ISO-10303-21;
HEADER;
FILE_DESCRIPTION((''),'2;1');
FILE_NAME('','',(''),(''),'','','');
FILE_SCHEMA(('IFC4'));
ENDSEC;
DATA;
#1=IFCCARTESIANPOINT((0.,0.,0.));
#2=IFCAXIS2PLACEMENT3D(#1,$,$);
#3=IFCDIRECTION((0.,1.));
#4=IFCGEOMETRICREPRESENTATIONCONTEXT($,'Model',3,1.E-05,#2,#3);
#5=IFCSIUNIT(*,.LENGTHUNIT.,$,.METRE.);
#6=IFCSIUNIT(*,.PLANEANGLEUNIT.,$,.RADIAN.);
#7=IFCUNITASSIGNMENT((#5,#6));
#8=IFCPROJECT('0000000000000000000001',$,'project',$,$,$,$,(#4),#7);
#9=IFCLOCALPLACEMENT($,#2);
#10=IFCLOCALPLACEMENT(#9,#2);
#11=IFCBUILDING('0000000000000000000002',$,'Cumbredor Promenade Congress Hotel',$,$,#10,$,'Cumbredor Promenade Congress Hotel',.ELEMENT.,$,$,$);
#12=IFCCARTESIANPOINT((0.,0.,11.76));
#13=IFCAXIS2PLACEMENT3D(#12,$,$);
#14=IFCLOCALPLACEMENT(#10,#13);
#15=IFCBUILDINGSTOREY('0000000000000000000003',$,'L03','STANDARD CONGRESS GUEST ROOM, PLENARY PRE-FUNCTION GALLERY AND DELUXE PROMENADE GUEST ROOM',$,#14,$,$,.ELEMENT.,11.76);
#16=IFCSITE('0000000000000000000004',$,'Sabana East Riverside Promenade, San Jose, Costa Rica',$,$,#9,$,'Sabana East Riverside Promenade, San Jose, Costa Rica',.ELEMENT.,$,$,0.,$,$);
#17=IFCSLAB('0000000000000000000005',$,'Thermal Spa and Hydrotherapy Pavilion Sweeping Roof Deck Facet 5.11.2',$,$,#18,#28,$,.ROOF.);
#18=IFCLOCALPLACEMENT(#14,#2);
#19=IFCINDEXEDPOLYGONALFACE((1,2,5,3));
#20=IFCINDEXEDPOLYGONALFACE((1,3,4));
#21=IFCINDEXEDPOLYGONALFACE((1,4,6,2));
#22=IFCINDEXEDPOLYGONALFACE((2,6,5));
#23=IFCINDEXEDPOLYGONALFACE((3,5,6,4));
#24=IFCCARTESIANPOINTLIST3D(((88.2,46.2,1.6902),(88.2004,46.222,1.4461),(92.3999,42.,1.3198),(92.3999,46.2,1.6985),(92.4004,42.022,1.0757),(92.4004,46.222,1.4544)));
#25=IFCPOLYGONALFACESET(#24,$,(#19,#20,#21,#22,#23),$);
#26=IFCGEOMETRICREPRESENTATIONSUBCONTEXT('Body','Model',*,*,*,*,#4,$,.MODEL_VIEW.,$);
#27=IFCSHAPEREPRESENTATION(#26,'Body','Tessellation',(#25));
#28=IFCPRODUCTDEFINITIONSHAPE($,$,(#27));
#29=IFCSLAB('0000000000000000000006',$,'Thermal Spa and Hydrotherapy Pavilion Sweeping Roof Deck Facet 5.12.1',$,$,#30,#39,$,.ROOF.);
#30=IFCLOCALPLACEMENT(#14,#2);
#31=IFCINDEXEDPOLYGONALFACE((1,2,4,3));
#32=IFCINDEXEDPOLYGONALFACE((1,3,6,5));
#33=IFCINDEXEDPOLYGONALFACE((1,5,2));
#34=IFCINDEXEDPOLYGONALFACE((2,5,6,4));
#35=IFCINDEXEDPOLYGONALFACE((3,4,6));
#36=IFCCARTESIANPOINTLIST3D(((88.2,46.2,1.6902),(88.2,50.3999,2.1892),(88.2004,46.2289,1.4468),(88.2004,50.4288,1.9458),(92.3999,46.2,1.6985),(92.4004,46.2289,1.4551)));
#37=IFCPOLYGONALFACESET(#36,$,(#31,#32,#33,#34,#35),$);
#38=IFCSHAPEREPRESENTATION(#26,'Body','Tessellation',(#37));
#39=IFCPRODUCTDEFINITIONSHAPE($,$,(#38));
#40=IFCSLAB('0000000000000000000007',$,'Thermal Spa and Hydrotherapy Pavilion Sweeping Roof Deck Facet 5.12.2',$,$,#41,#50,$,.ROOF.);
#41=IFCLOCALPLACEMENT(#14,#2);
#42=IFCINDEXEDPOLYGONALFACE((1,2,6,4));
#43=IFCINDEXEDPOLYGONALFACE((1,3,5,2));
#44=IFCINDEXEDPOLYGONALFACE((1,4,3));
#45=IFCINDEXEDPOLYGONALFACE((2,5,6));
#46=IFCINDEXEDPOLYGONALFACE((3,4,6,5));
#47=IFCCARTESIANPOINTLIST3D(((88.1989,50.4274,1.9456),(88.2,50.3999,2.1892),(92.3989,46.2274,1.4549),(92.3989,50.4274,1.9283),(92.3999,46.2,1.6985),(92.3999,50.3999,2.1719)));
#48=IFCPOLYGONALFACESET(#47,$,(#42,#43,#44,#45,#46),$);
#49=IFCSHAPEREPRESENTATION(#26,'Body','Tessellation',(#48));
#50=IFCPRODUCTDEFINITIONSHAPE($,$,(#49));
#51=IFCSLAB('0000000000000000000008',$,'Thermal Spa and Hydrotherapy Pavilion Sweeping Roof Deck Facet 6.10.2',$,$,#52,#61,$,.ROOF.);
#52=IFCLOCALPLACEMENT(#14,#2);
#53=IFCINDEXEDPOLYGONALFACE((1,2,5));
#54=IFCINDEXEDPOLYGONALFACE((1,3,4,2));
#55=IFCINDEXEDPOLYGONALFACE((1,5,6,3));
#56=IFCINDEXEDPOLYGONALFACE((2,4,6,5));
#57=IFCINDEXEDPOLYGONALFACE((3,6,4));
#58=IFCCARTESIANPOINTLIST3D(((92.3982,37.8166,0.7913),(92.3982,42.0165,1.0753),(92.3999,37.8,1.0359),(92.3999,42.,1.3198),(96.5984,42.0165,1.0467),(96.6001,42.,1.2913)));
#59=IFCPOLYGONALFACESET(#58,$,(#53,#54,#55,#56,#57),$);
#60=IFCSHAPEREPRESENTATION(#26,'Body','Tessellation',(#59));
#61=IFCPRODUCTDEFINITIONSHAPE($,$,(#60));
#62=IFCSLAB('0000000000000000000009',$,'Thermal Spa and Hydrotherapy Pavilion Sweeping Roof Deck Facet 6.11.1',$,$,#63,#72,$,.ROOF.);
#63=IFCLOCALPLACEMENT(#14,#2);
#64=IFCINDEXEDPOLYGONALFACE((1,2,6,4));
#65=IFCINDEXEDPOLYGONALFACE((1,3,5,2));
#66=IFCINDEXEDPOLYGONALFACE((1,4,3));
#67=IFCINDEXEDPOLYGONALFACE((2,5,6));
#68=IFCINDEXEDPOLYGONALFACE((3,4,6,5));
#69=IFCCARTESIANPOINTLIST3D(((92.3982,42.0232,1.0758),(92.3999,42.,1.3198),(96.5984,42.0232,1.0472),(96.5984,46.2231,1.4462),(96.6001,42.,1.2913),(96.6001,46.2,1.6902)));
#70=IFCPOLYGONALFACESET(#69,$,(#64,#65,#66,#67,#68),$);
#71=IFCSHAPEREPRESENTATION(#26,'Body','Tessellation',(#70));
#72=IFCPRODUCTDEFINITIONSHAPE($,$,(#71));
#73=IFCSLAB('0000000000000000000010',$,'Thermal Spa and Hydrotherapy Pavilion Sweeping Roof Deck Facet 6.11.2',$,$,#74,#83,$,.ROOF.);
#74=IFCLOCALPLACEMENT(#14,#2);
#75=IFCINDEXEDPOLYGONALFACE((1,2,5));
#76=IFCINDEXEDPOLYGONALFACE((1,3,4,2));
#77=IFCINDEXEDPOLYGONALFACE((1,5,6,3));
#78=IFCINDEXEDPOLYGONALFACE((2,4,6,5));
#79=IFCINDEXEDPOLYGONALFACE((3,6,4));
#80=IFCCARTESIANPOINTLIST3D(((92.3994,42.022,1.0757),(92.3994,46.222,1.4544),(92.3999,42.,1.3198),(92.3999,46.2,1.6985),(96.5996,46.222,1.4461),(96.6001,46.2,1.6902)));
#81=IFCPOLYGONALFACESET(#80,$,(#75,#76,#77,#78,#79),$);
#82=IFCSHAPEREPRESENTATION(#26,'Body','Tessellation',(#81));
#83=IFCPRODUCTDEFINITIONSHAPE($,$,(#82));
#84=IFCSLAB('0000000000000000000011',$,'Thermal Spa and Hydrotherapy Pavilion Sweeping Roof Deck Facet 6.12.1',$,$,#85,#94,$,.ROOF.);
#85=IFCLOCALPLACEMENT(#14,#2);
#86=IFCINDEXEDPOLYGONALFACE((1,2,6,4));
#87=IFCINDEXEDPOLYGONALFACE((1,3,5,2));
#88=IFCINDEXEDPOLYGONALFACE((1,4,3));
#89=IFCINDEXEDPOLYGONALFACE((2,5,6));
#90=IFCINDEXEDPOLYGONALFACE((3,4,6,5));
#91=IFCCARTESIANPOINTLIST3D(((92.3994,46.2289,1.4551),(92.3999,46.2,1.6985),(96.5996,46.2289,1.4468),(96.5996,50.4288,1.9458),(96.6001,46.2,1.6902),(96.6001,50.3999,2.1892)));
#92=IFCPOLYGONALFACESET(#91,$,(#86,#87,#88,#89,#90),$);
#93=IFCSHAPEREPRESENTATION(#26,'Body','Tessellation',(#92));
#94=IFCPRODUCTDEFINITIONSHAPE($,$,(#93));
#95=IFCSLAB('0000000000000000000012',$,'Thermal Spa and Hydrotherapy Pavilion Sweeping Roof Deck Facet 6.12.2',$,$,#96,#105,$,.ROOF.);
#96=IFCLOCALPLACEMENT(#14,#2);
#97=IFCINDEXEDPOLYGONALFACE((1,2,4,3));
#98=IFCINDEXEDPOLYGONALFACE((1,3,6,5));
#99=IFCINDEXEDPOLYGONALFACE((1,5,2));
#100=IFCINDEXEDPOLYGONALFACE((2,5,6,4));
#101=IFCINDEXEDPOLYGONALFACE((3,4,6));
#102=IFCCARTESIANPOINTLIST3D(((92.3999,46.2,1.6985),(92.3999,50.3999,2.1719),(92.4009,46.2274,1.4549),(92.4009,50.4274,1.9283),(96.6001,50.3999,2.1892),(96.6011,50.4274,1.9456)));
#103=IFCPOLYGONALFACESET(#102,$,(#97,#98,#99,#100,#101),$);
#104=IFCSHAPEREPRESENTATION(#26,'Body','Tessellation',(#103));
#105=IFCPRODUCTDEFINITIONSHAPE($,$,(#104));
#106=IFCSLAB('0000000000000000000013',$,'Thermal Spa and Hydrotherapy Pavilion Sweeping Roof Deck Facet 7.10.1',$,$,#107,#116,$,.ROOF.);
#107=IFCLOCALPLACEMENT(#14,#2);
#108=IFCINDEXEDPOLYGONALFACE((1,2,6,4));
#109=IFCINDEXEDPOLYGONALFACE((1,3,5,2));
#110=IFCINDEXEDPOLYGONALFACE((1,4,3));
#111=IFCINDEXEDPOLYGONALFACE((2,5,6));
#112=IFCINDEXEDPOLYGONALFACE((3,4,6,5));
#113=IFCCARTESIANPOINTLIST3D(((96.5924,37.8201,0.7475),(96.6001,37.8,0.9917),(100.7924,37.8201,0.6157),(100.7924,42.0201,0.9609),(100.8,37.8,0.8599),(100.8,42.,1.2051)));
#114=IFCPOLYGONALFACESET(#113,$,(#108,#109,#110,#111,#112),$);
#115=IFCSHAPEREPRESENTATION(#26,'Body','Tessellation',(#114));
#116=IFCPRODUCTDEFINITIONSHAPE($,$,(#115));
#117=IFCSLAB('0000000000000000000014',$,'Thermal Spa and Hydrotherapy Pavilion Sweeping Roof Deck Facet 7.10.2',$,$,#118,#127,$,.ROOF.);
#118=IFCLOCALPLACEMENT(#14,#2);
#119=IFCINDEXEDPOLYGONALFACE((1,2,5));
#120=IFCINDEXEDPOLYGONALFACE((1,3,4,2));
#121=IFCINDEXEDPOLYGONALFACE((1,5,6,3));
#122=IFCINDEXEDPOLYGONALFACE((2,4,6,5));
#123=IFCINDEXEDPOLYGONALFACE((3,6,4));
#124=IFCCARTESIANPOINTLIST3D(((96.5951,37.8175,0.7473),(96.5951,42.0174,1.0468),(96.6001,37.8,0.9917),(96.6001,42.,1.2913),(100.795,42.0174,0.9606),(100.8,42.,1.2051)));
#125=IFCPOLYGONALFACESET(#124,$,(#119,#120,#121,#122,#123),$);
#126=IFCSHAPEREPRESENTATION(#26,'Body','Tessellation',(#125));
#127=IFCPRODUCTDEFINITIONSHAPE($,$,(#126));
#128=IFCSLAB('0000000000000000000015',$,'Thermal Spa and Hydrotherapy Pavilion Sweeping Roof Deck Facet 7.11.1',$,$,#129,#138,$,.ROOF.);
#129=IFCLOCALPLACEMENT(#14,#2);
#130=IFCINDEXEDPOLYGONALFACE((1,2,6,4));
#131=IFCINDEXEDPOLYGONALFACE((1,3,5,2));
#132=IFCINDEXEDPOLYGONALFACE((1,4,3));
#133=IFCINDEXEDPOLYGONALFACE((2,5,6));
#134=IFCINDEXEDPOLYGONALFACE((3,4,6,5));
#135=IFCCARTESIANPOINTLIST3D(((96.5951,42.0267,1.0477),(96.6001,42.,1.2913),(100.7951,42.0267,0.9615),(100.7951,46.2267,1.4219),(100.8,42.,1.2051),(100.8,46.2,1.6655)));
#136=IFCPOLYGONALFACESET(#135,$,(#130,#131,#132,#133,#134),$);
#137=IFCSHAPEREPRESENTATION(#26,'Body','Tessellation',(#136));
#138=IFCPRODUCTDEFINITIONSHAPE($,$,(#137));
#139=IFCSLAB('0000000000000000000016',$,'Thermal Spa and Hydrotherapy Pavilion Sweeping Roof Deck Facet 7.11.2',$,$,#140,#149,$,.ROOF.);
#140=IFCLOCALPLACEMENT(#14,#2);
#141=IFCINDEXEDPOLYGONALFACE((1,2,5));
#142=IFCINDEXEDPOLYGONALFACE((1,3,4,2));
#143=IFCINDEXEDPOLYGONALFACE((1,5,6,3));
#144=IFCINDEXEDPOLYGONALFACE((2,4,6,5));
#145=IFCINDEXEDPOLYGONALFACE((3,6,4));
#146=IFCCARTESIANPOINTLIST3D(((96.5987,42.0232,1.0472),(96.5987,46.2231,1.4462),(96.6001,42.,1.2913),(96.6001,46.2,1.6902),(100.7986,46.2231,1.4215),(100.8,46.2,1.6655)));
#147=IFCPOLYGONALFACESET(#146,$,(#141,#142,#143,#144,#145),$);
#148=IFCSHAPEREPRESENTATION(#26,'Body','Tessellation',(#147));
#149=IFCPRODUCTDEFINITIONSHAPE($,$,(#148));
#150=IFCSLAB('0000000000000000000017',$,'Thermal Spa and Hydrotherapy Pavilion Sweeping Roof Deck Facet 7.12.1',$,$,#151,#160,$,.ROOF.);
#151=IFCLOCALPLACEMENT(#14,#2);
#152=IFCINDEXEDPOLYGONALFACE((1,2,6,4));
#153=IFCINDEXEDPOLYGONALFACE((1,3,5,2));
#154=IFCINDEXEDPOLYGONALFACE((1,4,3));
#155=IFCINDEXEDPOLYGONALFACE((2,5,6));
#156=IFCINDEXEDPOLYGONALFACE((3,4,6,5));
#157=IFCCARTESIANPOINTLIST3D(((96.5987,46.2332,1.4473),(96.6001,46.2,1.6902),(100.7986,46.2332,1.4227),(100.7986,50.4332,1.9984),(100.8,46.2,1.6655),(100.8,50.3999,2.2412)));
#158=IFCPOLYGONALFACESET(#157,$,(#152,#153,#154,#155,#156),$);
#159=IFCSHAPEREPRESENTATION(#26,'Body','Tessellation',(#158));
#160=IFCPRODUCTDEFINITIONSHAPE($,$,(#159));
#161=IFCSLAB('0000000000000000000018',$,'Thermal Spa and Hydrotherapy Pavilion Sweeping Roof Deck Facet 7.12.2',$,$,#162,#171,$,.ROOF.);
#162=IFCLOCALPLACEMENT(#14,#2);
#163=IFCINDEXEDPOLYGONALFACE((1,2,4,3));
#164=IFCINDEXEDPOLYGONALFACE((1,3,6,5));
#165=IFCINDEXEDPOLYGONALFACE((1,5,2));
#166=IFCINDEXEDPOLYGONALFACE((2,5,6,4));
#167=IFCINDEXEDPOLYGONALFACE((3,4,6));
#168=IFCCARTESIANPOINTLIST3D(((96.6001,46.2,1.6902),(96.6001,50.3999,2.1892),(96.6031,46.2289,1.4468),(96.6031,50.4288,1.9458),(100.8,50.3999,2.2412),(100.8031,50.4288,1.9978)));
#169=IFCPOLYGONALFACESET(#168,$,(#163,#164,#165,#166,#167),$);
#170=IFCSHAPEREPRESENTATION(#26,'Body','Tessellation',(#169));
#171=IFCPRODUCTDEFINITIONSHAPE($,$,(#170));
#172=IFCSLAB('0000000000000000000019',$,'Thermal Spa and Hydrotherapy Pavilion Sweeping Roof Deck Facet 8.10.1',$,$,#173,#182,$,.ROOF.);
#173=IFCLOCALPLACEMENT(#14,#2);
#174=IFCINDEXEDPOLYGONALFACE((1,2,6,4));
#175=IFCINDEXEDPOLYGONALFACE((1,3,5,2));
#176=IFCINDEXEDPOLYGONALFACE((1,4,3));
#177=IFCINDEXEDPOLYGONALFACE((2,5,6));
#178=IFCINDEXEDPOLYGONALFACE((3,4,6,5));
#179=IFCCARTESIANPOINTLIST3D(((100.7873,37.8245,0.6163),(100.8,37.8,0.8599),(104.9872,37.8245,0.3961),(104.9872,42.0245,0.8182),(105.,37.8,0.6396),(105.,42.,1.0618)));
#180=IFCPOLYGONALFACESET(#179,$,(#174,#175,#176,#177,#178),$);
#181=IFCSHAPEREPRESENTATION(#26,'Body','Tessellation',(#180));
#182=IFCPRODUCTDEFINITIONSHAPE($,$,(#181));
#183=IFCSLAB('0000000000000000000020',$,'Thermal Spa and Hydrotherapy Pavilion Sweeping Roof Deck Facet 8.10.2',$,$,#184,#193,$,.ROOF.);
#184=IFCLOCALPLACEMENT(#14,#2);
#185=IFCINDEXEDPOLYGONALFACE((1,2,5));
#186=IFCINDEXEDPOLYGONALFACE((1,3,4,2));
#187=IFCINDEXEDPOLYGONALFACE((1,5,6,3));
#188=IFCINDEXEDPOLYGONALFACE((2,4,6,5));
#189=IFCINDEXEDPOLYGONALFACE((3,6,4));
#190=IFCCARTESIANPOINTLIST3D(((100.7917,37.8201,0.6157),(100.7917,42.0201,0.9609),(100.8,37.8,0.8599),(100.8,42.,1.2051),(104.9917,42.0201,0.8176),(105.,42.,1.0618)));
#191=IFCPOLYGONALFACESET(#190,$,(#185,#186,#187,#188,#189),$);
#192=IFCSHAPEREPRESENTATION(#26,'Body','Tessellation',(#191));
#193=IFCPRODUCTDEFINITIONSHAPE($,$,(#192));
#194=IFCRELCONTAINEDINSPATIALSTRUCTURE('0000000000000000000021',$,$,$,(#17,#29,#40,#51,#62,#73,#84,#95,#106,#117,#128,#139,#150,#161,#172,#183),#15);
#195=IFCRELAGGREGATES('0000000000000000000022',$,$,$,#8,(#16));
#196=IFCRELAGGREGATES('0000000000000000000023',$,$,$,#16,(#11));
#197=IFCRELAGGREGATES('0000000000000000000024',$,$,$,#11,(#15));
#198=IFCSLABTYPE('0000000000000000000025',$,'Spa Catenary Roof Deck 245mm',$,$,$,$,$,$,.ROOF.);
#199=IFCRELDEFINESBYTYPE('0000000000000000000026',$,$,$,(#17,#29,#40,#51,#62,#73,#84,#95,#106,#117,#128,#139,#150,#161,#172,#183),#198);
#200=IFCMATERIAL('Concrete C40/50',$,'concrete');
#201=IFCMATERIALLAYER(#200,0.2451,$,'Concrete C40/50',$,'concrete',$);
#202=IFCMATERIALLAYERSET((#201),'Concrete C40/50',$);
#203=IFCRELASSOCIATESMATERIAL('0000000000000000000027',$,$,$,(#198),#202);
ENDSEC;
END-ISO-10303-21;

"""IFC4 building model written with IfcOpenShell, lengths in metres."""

from ifc_helpers import new_model, si_unit, direction, frame, origin, place, context, subcontext, project, spatial, polyline, outline, extrude, material, layer, layer_set, type_object, element, save


model = new_model("IFC4")

# Units and contexts
model_context = context("Model", 3, precision=1e-05, world=origin(), true_north=direction((0.0, 1.0)))
body_context = subcontext(model_context, "Body", "Model", "MODEL_VIEW")
ifc_project = project(units=[si_unit("LENGTHUNIT", "METRE"), si_unit("PLANEANGLEUNIT", "RADIAN")], contexts=[model_context])

# Site, building, storey
site_placement = place(None, origin())
site = spatial("IfcSite", under=ifc_project, at=site_placement, Name="Sabana East Riverside Promenade, San Jose, Costa Rica", LongName="Sabana East Riverside Promenade, San Jose, Costa Rica", CompositionType="ELEMENT", RefElevation=0.0)
building_placement = place(site_placement, origin())
building = spatial("IfcBuilding", under=site, at=building_placement, Name="Cumbredor Promenade Congress Hotel", LongName="Cumbredor Promenade Congress Hotel", CompositionType="ELEMENT")
storey_placement = place(building_placement, frame((0.0, 0.0, 11.76)))
storey = spatial("IfcBuildingStorey", under=building, at=storey_placement, Name="L03", Description="STANDARD CONGRESS GUEST ROOM, PLENARY PRE-FUNCTION GALLERY AND DELUXE PROMENADE GUEST ROOM", CompositionType="ELEMENT", Elevation=11.76)

# Slabs
ifc_material_1 = material(Name="Concrete C40/50", Category="concrete")
ifc_layer_1 = layer(ifc_material_1, 0.2451, Name="Concrete C40/50", Category="concrete")
ifc_layer_set_1 = layer_set([ifc_layer_1], Name="Concrete C40/50")
slab_type = type_object("IfcSlabType", Name="Spa Catenary Roof Deck 245mm", PredefinedType="ROOF", material=ifc_layer_set_1)
slab_1_placement = place(storey_placement, frame((92.3999, 42.0, 1.3198), z_axis=(-0.001968, -0.089794, 0.995958), x_axis=(0.0, 0.99596, 0.089794)))
element("IfcSlab", 1, at=slab_1_placement, inside=storey, type_object=slab_type, Name="Thermal Spa and Hydrotherapy Pavilion Sweeping Roof Deck Facet 5.11.2", PredefinedType="ROOF", context=body_context, shape_type="SweptSolid", body=[
    extrude(outline(polyline([(0.0, 0.0), (4.217, 0.0), (4.2162, 4.2), (0.0, 0.0)])), origin(), (0.0, 0.0, -1.0), 0.2451),
])
slab_2_placement = place(storey_placement, frame((88.2, 46.2, 1.6902), z_axis=(-0.001963, -0.117986, 0.993013), x_axis=(0.999998, 0.0, 0.001976)))
element("IfcSlab", 2, at=slab_2_placement, inside=storey, type_object=slab_type, Name="Thermal Spa and Hydrotherapy Pavilion Sweeping Roof Deck Facet 5.12.1", PredefinedType="ROOF", context=body_context, shape_type="SweptSolid", body=[
    extrude(outline(polyline([(0.0, 0.0), (4.2, 0.0), (0.001, 4.2295), (0.0, 0.0)])), origin(), (0.0, 0.0, -1.0), 0.2451),
])
slab_3_placement = place(storey_placement, frame((92.3999, 46.2, 1.6985), z_axis=(0.004101, -0.112003, 0.993699), x_axis=(0.0, 0.993708, 0.112004)))
element("IfcSlab", 3, at=slab_3_placement, inside=storey, type_object=slab_type, Name="Thermal Spa and Hydrotherapy Pavilion Sweeping Roof Deck Facet 5.12.2", PredefinedType="ROOF", context=body_context, shape_type="SweptSolid", body=[
    extrude(outline(polyline([(0.0, 0.0), (4.2265, 0.0), (4.2285, 4.2), (0.0, 0.0)])), origin(), (0.0, 0.0, -1.0), 0.2451),
])
slab_4_placement = place(storey_placement, frame((92.3999, 37.8, 1.0359), z_axis=(0.006785, -0.067449, 0.9977), x_axis=(0.706475, 0.706434, 0.042954)))
element("IfcSlab", 4, at=slab_4_placement, inside=storey, type_object=slab_type, Name="Thermal Spa and Hydrotherapy Pavilion Sweeping Roof Deck Facet 6.10.2", PredefinedType="ROOF", context=body_context, shape_type="SweptSolid", body=[
    extrude(outline(polyline([(0.0, 0.0), (5.9453, 0.0), (2.9792, 2.974), (0.0, 0.0)])), origin(), (0.0, 0.0, -1.0), 0.2451),
])
slab_5_placement = place(storey_placement, frame((92.3999, 42.0, 1.3198), z_axis=(0.00677, -0.094556, 0.995497), x_axis=(0.999977, 0.0, -0.006801)))
element("IfcSlab", 5, at=slab_5_placement, inside=storey, type_object=slab_type, Name="Thermal Spa and Hydrotherapy Pavilion Sweeping Roof Deck Facet 6.11.1", PredefinedType="ROOF", context=body_context, shape_type="SweptSolid", body=[
    extrude(outline(polyline([(0.0, 0.0), (4.2003, 0.0), (4.1976, 4.2189), (0.0, 0.0)])), origin(), (0.0, 0.0, -1.0), 0.2451),
])
slab_6_placement = place(storey_placement, frame((92.3999, 42.0, 1.3198), z_axis=(0.001968, -0.089794, 0.995958), x_axis=(0.705757, 0.705716, 0.062232)))
element("IfcSlab", 6, at=slab_6_placement, inside=storey, type_object=slab_type, Name="Thermal Spa and Hydrotherapy Pavilion Sweeping Roof Deck Facet 6.11.2", PredefinedType="ROOF", context=body_context, shape_type="SweptSolid", body=[
    extrude(outline(polyline([(0.0, 0.0), (5.9513, 0.0), (2.9875, 2.9762), (0.0, 0.0)])), origin(), (0.0, 0.0, -1.0), 0.2451),
])
slab_7_placement = place(storey_placement, frame((92.3999, 46.2, 1.6985), z_axis=(0.001962, -0.117986, 0.993013), x_axis=(0.999998, 0.0, -0.001976)))
element("IfcSlab", 7, at=slab_7_placement, inside=storey, type_object=slab_type, Name="Thermal Spa and Hydrotherapy Pavilion Sweeping Roof Deck Facet 6.12.1", PredefinedType="ROOF", context=body_context, shape_type="SweptSolid", body=[
    extrude(outline(polyline([(0.0, 0.0), (4.2002, 0.0), (4.1992, 4.2295), (0.0, 0.0)])), origin(), (0.0, 0.0, -1.0), 0.2451),
])
slab_8_placement = place(storey_placement, frame((92.3999, 46.2, 1.6985), z_axis=(-0.004101, -0.112003, 0.993699), x_axis=(0.704726, 0.704685, 0.082336)))
element("IfcSlab", 8, at=slab_8_placement, inside=storey, type_object=slab_type, Name="Thermal Spa and Hydrotherapy Pavilion Sweeping Roof Deck Facet 6.12.2", PredefinedType="ROOF", context=body_context, shape_type="SweptSolid", body=[
    extrude(outline(polyline([(0.0, 0.0), (5.96, 0.0), (2.9986, 2.9786), (0.0, 0.0)])), origin(), (0.0, 0.0, -1.0), 0.2451),
])
slab_9_placement = place(storey_placement, frame((96.6001, 37.8, 0.9917), z_axis=(0.031269, -0.081879, 0.996152), x_axis=(0.999508, 0.0, -0.031374)))
element("IfcSlab", 9, at=slab_9_placement, inside=storey, type_object=slab_type, Name="Thermal Spa and Hydrotherapy Pavilion Sweeping Roof Deck Facet 7.10.1", PredefinedType="ROOF", context=body_context, shape_type="SweptSolid", body=[
    extrude(outline(polyline([(0.0, 0.0), (4.202, 0.0), (4.1912, 4.2141), (0.0, 0.0)])), origin(), (0.0, 0.0, -1.0), 0.2451),
])
slab_10_placement = place(storey_placement, frame((96.6001, 37.8, 0.9917), z_axis=(0.020463, -0.071129, 0.997257), x_axis=(0.706651, 0.706651, 0.035901)))
element("IfcSlab", 10, at=slab_10_placement, inside=storey, type_object=slab_type, Name="Thermal Spa and Hydrotherapy Pavilion Sweeping Roof Deck Facet 7.10.2", PredefinedType="ROOF", context=body_context, shape_type="SweptSolid", body=[
    extrude(outline(polyline([(0.0, 0.0), (5.9435, 0.0), (2.9787, 2.9761), (0.0, 0.0)])), origin(), (0.0, 0.0, -1.0), 0.2451),
])
slab_11_placement = place(storey_placement, frame((96.6001, 42.0, 1.2913), z_axis=(0.020393, -0.108956, 0.993837), x_axis=(0.99979, 0.0, -0.020515)))
element("IfcSlab", 11, at=slab_11_placement, inside=storey, type_object=slab_type, Name="Thermal Spa and Hydrotherapy Pavilion Sweeping Roof Deck Facet 7.11.1", PredefinedType="ROOF", context=body_context, shape_type="SweptSolid", body=[
    extrude(outline(polyline([(0.0, 0.0), (4.2008, 0.0), (4.1914, 4.2251), (0.0, 0.0)])), origin(), (0.0, 0.0, -1.0), 0.2451),
])
slab_12_placement = place(storey_placement, frame((96.6001, 42.0, 1.2913), z_axis=(0.005845, -0.094556, 0.995502), x_axis=(0.705707, 0.705707, 0.062887)))
element("IfcSlab", 12, at=slab_12_placement, inside=storey, type_object=slab_type, Name="Thermal Spa and Hydrotherapy Pavilion Sweeping Roof Deck Facet 7.11.2", PredefinedType="ROOF", context=body_context, shape_type="SweptSolid", body=[
    extrude(outline(polyline([(0.0, 0.0), (5.9514, 0.0), (2.989, 2.9773), (0.0, 0.0)])), origin(), (0.0, 0.0, -1.0), 0.2451),
])
slab_13_placement = place(storey_placement, frame((96.6001, 46.2, 1.6902), z_axis=(0.005817, -0.135797, 0.99072), x_axis=(0.999983, 0.0, -0.005871)))
element("IfcSlab", 13, at=slab_13_placement, inside=storey, type_object=slab_type, Name="Thermal Spa and Hydrotherapy Pavilion Sweeping Roof Deck Facet 7.12.1", PredefinedType="ROOF", context=body_context, shape_type="SweptSolid", body=[
    extrude(outline(polyline([(0.0, 0.0), (4.2, 0.0), (4.1966, 4.2392), (0.0, 0.0)])), origin(), (0.0, 0.0, -1.0), 0.2451),
])
slab_14_placement = place(storey_placement, frame((96.6001, 46.2, 1.6902), z_axis=(-0.012294, -0.117978, 0.99294), x_axis=(0.704083, 0.704083, 0.092374)))
element("IfcSlab", 14, at=slab_14_placement, inside=storey, type_object=slab_type, Name="Thermal Spa and Hydrotherapy Pavilion Sweeping Roof Deck Facet 7.12.2", PredefinedType="ROOF", context=body_context, shape_type="SweptSolid", body=[
    extrude(outline(polyline([(0.0, 0.0), (5.9651, 0.0), (3.0032, 2.9781), (0.0, 0.0)])), origin(), (0.0, 0.0, -1.0), 0.2451),
])
slab_15_placement = place(storey_placement, frame((100.8, 37.8, 0.8599), z_axis=(0.052099, -0.099866, 0.993636), x_axis=(0.998628, 0.0, -0.052361)))
element("IfcSlab", 15, at=slab_15_placement, inside=storey, type_object=slab_type, Name="Thermal Spa and Hydrotherapy Pavilion Sweeping Roof Deck Facet 8.10.1", PredefinedType="ROOF", context=body_context, shape_type="SweptSolid", body=[
    extrude(outline(polyline([(0.0, 0.0), (4.2057, 0.0), (4.1836, 4.2211), (0.0, 0.0)])), origin(), (0.0, 0.0, -1.0), 0.2451),
])
slab_16_placement = place(storey_placement, frame((100.8, 37.8, 0.8599), z_axis=(0.033988, -0.081871, 0.996063), x_axis=(0.706699, 0.706699, 0.033973)))
element("IfcSlab", 16, at=slab_16_placement, inside=storey, type_object=slab_type, Name="Thermal Spa and Hydrotherapy Pavilion Sweeping Roof Deck Facet 8.10.2", PredefinedType="ROOF", context=body_context, shape_type="SweptSolid", body=[
    extrude(outline(polyline([(0.0, 0.0), (5.9431, 0.0), (2.9798, 2.9798), (0.0, 0.0)])), origin(), (0.0, 0.0, -1.0), 0.2451),
])

save(model, "model.ifc")
